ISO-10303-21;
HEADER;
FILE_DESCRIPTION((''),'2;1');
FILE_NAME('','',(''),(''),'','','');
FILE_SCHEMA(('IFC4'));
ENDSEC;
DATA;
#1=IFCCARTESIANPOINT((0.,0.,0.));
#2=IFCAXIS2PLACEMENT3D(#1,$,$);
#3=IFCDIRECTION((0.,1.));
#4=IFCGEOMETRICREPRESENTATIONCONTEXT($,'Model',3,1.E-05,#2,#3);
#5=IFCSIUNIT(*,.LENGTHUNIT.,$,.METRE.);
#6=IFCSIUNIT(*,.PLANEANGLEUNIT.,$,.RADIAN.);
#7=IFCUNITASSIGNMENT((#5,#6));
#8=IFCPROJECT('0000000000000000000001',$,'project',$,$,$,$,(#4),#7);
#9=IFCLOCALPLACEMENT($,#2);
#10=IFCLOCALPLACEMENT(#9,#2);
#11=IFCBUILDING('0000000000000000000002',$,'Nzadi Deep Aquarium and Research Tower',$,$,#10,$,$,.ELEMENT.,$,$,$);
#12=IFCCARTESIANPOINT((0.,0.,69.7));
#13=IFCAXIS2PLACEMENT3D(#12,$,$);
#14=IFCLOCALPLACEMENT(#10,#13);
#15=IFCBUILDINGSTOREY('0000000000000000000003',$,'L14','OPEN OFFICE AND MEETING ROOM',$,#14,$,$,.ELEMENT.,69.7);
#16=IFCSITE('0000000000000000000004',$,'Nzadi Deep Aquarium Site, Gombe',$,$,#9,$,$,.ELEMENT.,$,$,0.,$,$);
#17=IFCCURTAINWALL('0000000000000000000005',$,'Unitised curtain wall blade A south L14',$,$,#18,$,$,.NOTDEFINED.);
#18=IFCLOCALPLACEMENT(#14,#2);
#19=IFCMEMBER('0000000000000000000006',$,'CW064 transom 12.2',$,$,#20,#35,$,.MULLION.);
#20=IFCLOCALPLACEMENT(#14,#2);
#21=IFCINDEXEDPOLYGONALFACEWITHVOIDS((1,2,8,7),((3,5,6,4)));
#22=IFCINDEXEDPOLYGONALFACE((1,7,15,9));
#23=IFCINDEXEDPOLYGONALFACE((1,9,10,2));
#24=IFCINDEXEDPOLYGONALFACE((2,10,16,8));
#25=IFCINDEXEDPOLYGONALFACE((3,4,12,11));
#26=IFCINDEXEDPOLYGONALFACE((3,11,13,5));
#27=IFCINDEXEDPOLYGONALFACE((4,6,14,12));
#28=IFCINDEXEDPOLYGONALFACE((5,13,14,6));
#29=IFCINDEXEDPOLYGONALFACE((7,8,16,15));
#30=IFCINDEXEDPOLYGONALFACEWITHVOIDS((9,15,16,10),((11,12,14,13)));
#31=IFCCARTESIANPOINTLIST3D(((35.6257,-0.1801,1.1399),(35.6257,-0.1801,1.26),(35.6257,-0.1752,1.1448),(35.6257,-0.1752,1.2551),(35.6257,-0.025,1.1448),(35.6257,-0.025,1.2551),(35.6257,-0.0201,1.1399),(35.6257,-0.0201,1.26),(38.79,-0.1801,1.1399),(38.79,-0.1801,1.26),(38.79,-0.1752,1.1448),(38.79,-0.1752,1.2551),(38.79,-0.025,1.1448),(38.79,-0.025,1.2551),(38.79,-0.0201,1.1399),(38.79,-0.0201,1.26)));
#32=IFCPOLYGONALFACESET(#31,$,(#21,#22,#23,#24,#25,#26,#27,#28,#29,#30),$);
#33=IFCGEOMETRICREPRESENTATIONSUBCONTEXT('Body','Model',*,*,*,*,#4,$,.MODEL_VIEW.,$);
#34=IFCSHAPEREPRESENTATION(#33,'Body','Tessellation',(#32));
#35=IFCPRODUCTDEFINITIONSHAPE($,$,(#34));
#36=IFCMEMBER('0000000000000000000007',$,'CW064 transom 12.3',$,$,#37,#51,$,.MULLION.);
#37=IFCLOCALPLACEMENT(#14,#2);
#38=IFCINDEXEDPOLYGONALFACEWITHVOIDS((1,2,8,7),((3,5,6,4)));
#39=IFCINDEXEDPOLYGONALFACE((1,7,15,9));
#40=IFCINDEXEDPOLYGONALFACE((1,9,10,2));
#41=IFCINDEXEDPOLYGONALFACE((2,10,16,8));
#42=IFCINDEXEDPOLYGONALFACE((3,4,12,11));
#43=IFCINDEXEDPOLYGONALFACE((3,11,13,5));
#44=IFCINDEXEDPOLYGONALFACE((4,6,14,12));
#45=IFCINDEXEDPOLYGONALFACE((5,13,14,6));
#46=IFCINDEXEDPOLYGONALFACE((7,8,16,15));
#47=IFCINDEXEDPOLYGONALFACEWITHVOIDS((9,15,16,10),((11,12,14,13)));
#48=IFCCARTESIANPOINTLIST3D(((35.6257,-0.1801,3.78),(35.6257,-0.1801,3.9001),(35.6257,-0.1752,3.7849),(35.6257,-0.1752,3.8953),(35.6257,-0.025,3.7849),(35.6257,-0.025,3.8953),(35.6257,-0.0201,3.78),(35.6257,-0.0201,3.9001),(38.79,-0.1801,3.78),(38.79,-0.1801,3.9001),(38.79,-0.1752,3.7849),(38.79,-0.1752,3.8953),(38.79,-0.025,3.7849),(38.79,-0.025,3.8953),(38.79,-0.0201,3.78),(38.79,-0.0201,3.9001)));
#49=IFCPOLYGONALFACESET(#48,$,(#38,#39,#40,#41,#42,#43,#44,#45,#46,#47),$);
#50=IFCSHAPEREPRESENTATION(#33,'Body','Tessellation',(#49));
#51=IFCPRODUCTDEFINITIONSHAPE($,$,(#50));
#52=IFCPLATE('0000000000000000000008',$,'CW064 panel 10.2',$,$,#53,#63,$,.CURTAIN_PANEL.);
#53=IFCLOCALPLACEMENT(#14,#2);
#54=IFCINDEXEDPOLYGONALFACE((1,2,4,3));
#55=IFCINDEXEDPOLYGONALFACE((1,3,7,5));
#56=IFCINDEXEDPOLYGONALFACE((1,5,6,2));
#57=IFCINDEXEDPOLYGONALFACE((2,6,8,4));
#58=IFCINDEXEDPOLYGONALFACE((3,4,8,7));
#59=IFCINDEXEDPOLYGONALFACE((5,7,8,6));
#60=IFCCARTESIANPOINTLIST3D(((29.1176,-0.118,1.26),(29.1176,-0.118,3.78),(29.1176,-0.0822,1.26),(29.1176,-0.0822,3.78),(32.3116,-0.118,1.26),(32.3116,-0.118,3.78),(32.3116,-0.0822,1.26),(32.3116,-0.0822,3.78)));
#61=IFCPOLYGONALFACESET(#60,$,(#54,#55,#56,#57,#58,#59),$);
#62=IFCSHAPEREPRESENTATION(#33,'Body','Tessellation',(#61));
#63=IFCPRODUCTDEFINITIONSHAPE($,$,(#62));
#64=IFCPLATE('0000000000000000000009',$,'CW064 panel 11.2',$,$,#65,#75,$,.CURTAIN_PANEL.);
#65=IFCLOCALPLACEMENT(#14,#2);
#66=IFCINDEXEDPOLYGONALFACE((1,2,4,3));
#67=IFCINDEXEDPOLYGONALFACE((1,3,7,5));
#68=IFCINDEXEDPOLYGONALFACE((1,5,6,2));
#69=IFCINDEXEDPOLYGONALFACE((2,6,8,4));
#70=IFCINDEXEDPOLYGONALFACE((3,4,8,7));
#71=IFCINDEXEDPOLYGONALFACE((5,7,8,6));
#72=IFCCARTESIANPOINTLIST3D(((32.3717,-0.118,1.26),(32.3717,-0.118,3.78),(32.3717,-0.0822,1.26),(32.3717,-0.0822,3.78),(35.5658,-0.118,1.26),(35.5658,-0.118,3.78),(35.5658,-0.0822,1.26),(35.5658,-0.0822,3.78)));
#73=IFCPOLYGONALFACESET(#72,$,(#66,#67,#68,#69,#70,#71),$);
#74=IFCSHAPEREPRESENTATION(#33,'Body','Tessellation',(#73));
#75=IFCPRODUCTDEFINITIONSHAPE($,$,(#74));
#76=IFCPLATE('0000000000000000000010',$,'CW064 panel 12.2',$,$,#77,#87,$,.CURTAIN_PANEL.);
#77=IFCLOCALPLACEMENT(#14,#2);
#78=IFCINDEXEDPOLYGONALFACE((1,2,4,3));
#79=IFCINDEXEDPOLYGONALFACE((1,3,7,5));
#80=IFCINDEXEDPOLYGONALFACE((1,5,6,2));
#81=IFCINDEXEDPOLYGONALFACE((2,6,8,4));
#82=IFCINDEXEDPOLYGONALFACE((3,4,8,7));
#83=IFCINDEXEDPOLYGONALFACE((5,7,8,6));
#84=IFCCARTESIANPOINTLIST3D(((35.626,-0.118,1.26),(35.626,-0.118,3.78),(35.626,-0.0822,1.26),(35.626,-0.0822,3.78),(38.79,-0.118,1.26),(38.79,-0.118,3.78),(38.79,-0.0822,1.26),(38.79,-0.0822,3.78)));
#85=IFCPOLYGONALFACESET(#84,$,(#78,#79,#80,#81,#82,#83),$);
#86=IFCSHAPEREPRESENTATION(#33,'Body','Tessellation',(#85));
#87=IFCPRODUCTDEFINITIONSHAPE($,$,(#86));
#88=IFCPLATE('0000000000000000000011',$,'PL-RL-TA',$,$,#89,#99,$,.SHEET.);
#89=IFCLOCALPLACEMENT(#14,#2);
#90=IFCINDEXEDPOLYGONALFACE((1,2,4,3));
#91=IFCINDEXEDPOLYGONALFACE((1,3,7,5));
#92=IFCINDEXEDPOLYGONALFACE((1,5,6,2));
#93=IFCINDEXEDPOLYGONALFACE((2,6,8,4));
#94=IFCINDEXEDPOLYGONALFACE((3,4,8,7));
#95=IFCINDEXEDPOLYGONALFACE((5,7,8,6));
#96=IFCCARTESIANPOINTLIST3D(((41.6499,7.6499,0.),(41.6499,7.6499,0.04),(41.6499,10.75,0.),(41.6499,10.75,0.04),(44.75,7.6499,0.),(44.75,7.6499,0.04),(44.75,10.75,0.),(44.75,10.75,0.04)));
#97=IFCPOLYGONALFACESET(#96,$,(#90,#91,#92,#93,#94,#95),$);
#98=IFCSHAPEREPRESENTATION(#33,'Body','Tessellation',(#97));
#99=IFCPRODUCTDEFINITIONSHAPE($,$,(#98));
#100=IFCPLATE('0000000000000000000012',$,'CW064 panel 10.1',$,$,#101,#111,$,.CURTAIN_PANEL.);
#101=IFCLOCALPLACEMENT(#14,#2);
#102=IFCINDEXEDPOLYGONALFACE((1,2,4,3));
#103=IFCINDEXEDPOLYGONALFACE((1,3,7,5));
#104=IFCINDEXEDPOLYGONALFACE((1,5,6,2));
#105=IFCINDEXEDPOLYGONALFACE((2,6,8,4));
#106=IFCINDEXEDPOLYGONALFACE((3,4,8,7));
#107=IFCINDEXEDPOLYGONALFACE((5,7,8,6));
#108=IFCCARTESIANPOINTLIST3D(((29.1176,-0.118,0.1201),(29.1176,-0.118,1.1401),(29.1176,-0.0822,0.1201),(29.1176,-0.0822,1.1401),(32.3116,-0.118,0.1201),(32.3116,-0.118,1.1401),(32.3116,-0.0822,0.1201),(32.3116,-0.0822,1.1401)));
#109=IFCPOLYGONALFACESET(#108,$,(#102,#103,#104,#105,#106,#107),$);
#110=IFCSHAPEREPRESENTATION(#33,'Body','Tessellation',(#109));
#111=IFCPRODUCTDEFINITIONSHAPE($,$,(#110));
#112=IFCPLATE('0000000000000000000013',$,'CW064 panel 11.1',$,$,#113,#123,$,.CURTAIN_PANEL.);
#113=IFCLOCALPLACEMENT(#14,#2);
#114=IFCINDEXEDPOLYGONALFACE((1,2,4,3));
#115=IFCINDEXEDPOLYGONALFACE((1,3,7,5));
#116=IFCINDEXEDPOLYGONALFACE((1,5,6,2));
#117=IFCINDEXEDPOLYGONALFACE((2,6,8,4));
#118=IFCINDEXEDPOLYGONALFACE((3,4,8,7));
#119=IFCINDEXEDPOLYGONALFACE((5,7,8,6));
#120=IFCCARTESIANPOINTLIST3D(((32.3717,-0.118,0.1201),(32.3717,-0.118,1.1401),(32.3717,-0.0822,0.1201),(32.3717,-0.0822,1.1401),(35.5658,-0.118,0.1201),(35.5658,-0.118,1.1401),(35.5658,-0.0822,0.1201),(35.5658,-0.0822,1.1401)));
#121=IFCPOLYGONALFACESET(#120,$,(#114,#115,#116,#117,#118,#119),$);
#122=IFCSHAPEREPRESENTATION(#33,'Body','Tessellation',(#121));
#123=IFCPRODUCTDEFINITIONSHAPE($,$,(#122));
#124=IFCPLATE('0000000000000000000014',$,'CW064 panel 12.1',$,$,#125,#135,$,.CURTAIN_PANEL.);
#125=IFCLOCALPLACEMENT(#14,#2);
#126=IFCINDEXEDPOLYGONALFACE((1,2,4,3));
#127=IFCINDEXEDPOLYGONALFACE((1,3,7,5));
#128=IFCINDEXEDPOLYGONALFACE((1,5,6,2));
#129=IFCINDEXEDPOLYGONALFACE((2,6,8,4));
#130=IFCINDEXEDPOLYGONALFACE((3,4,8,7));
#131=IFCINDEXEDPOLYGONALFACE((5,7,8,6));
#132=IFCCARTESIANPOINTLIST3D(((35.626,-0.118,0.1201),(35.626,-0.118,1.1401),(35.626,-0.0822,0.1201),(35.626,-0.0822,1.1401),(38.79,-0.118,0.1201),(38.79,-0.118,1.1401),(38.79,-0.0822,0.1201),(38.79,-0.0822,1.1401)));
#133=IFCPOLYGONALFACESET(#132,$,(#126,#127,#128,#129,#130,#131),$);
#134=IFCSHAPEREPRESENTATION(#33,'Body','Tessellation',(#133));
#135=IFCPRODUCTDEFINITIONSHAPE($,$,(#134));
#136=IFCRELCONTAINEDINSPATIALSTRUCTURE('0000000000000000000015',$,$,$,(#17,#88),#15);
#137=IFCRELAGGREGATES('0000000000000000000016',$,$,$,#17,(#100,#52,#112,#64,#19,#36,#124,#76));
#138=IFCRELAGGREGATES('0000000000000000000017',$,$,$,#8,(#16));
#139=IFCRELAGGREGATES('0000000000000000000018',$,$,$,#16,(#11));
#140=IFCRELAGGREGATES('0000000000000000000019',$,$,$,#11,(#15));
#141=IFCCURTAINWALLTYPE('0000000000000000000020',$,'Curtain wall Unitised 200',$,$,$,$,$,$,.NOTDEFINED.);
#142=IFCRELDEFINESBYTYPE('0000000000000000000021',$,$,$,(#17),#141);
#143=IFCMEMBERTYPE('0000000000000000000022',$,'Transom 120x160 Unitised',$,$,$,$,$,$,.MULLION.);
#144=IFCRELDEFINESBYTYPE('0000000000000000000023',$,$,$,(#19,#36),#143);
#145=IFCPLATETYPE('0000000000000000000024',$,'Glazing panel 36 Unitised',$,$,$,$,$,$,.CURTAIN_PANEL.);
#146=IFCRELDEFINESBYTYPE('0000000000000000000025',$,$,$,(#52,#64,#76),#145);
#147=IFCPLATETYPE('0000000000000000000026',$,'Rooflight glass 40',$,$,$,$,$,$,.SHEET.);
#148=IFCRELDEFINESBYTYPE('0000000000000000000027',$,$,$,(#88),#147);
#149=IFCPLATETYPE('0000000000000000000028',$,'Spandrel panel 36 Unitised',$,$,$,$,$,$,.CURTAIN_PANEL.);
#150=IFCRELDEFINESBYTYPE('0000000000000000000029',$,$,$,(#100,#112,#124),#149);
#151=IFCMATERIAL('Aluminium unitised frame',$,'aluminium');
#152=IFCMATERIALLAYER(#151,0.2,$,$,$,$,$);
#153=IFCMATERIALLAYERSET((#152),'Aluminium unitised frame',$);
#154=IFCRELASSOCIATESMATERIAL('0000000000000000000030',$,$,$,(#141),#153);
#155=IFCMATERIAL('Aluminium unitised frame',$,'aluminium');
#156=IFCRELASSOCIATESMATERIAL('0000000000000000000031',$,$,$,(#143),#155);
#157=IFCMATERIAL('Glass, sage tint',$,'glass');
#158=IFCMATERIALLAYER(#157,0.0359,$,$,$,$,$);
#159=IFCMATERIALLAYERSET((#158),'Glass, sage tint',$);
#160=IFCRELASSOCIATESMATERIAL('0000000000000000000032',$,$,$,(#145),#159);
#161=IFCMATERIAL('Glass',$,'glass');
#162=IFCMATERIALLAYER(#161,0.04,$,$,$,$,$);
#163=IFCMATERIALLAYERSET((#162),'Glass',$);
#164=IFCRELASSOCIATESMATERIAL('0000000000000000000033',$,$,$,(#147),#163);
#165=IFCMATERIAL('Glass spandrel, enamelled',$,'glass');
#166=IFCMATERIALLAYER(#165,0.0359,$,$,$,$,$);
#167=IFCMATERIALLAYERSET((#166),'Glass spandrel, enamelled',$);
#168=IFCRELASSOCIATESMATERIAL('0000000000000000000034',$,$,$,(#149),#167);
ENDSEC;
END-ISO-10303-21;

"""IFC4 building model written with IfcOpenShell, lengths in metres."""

from ifc_helpers import new_model, si_unit, direction, frame, origin, origin_2d, place, context, subcontext, project, spatial, rectangle, hollow_rectangle, extrude, material, layer, layer_set, material_profile, profile_set, type_object, element, aggregate, save


model = new_model("IFC4")

# Units and contexts
model_context = context("Model", 3, precision=1e-05, world=origin(), true_north=direction((0.0, 1.0)))
body_context = subcontext(model_context, "Body", "Model", "MODEL_VIEW")
ifc_project = project(units=[si_unit("LENGTHUNIT", "METRE"), si_unit("PLANEANGLEUNIT", "RADIAN")], contexts=[model_context])

# Site, building, storey
site_placement = place(None, origin())
site = spatial("IfcSite", under=ifc_project, at=site_placement, Name="Nzadi Deep Aquarium Site, Gombe", CompositionType="ELEMENT", RefElevation=0.0)
building_placement = place(site_placement, origin())
building = spatial("IfcBuilding", under=site, at=building_placement, Name="Nzadi Deep Aquarium and Research Tower", CompositionType="ELEMENT")
storey_placement = place(building_placement, frame((0.0, 0.0, 69.7)))
storey = spatial("IfcBuildingStorey", under=building, at=storey_placement, Name="L14", Description="OPEN OFFICE AND MEETING ROOM", CompositionType="ELEMENT", Elevation=69.7)

# Curtain wall
ifc_material_1 = material(Name="Aluminium unitised frame", Category="aluminium")
ifc_layer_1 = layer(ifc_material_1, 0.2)
ifc_layer_set_1 = layer_set([ifc_layer_1], Name="Aluminium unitised frame")
curtain_wall_type = type_object("IfcCurtainWallType", Name="Curtain wall Unitised 200", PredefinedType="NOTDEFINED", material=ifc_layer_set_1)
curtain_wall_placement = place(storey_placement, origin())
curtain_wall = element("IfcCurtainWall", 1, at=curtain_wall_placement, inside=storey, type_object=curtain_wall_type, Name="Unitised curtain wall blade A south L14", PredefinedType="NOTDEFINED")

# Members
ifc_material_2 = material(Name="Aluminium unitised frame", Category="aluminium")
ifc_material_profile_1 = material_profile(ifc_material_2, hollow_rectangle(XDim=0.1599, YDim=0.1201, WallThickness=0.0049, at=origin_2d()))
ifc_profile_set_1 = profile_set([ifc_material_profile_1], Name="Aluminium unitised frame")
member_type_1 = type_object("IfcMemberType", Name="Transom 120x160 Unitised", PredefinedType="MULLION", material=ifc_profile_set_1)
member_1_placement = place(storey_placement, frame((35.6257, -0.1001, 1.2), z_axis=(1.0, 0.0, 0.0), x_axis=(0.0, 1.0, 0.0)))
member_1 = element("IfcMember", 2, at=member_1_placement, type_object=member_type_1, Name="CW064 transom 12.2", PredefinedType="MULLION", context=body_context, shape_type="SweptSolid", body=[
    extrude(hollow_rectangle(XDim=0.1599, YDim=0.1201, WallThickness=0.0049, at=origin_2d()), origin(), (0.0, 0.0, 1.0), 3.1643),
])
member_2_placement = place(storey_placement, frame((35.6257, -0.1001, 3.8401), z_axis=(1.0, 0.0, 0.0), x_axis=(0.0, 1.0, 0.0)))
member_2 = element("IfcMember", 3, at=member_2_placement, type_object=member_type_1, Name="CW064 transom 12.3", PredefinedType="MULLION", context=body_context, shape_type="SweptSolid", body=[
    extrude(hollow_rectangle(XDim=0.1599, YDim=0.1201, WallThickness=0.0049, at=origin_2d()), origin(), (0.0, 0.0, 1.0), 3.1643),
])

# Plates
ifc_material_3 = material(Name="Glass, sage tint", Category="glass")
ifc_layer_2 = layer(ifc_material_3, 0.0359)
ifc_layer_set_2 = layer_set([ifc_layer_2], Name="Glass, sage tint")
plate_type_1 = type_object("IfcPlateType", Name="Glazing panel 36 Unitised", PredefinedType="CURTAIN_PANEL", material=ifc_layer_set_2)
plate_1_placement = place(storey_placement, frame((30.7146, -0.1001, 1.26), z_axis=(0.0, 0.0, 1.0), x_axis=(1.0, 0.0, 0.0)))
plate_1 = element("IfcPlate", 4, at=plate_1_placement, type_object=plate_type_1, Name="CW064 panel 10.2", PredefinedType="CURTAIN_PANEL", context=body_context, shape_type="SweptSolid", body=[
    extrude(rectangle(XDim=3.1941, YDim=0.0359, at=origin_2d()), origin(), (0.0, 0.0, 1.0), 2.52),
])
plate_2_placement = place(storey_placement, frame((33.9688, -0.1001, 1.26), z_axis=(0.0, 0.0, 1.0), x_axis=(1.0, 0.0, 0.0)))
plate_2 = element("IfcPlate", 5, at=plate_2_placement, type_object=plate_type_1, Name="CW064 panel 11.2", PredefinedType="CURTAIN_PANEL", context=body_context, shape_type="SweptSolid", body=[
    extrude(rectangle(XDim=3.1941, YDim=0.0359, at=origin_2d()), origin(), (0.0, 0.0, 1.0), 2.52),
])
plate_3_placement = place(storey_placement, frame((37.208, -0.1001, 1.26), z_axis=(0.0, 0.0, 1.0), x_axis=(1.0, 0.0, 0.0)))
plate_3 = element("IfcPlate", 6, at=plate_3_placement, type_object=plate_type_1, Name="CW064 panel 12.2", PredefinedType="CURTAIN_PANEL", context=body_context, shape_type="SweptSolid", body=[
    extrude(rectangle(XDim=3.1641, YDim=0.0359, at=origin_2d()), origin(), (0.0, 0.0, 1.0), 2.52),
])
ifc_material_4 = material(Name="Glass", Category="glass")
ifc_layer_3 = layer(ifc_material_4, 0.04)
ifc_layer_set_3 = layer_set([ifc_layer_3], Name="Glass")
plate_type_2 = type_object("IfcPlateType", Name="Rooflight glass 40", PredefinedType="SHEET", material=ifc_layer_set_3)
plate_4_placement = place(storey_placement, frame((43.2, 9.2, 0.0), z_axis=(0.0, 0.0, 1.0), x_axis=(1.0, 0.0, 0.0)))
element("IfcPlate", 7, at=plate_4_placement, inside=storey, type_object=plate_type_2, Name="PL-RL-TA", PredefinedType="SHEET", context=body_context, shape_type="SweptSolid", body=[
    extrude(rectangle(XDim=3.1001, YDim=3.1001, at=origin_2d()), origin(), (0.0, 0.0, 1.0), 0.04),
])
ifc_material_5 = material(Name="Glass spandrel, enamelled", Category="glass")
ifc_layer_4 = layer(ifc_material_5, 0.0359)
ifc_layer_set_4 = layer_set([ifc_layer_4], Name="Glass spandrel, enamelled")
plate_type_3 = type_object("IfcPlateType", Name="Spandrel panel 36 Unitised", PredefinedType="CURTAIN_PANEL", material=ifc_layer_set_4)
plate_5_placement = place(storey_placement, frame((30.7146, -0.1001, 0.1201), z_axis=(0.0, 0.0, 1.0), x_axis=(1.0, 0.0, 0.0)))
plate_5 = element("IfcPlate", 8, at=plate_5_placement, type_object=plate_type_3, Name="CW064 panel 10.1", PredefinedType="CURTAIN_PANEL", context=body_context, shape_type="SweptSolid", body=[
    extrude(rectangle(XDim=3.1941, YDim=0.0359, at=origin_2d()), origin(), (0.0, 0.0, 1.0), 1.02),
])
plate_6_placement = place(storey_placement, frame((33.9688, -0.1001, 0.1201), z_axis=(0.0, 0.0, 1.0), x_axis=(1.0, 0.0, 0.0)))
plate_6 = element("IfcPlate", 9, at=plate_6_placement, type_object=plate_type_3, Name="CW064 panel 11.1", PredefinedType="CURTAIN_PANEL", context=body_context, shape_type="SweptSolid", body=[
    extrude(rectangle(XDim=3.1941, YDim=0.0359, at=origin_2d()), origin(), (0.0, 0.0, 1.0), 1.02),
])
plate_7_placement = place(storey_placement, frame((37.208, -0.1001, 0.1201), z_axis=(0.0, 0.0, 1.0), x_axis=(1.0, 0.0, 0.0)))
plate_7 = element("IfcPlate", 10, at=plate_7_placement, type_object=plate_type_3, Name="CW064 panel 12.1", PredefinedType="CURTAIN_PANEL", context=body_context, shape_type="SweptSolid", body=[
    extrude(rectangle(XDim=3.1641, YDim=0.0359, at=origin_2d()), origin(), (0.0, 0.0, 1.0), 1.02),
])
aggregate(curtain_wall, [plate_5, plate_1, plate_6, plate_2, member_1, member_2, plate_7, plate_3])

save(model, "model.ifc")
